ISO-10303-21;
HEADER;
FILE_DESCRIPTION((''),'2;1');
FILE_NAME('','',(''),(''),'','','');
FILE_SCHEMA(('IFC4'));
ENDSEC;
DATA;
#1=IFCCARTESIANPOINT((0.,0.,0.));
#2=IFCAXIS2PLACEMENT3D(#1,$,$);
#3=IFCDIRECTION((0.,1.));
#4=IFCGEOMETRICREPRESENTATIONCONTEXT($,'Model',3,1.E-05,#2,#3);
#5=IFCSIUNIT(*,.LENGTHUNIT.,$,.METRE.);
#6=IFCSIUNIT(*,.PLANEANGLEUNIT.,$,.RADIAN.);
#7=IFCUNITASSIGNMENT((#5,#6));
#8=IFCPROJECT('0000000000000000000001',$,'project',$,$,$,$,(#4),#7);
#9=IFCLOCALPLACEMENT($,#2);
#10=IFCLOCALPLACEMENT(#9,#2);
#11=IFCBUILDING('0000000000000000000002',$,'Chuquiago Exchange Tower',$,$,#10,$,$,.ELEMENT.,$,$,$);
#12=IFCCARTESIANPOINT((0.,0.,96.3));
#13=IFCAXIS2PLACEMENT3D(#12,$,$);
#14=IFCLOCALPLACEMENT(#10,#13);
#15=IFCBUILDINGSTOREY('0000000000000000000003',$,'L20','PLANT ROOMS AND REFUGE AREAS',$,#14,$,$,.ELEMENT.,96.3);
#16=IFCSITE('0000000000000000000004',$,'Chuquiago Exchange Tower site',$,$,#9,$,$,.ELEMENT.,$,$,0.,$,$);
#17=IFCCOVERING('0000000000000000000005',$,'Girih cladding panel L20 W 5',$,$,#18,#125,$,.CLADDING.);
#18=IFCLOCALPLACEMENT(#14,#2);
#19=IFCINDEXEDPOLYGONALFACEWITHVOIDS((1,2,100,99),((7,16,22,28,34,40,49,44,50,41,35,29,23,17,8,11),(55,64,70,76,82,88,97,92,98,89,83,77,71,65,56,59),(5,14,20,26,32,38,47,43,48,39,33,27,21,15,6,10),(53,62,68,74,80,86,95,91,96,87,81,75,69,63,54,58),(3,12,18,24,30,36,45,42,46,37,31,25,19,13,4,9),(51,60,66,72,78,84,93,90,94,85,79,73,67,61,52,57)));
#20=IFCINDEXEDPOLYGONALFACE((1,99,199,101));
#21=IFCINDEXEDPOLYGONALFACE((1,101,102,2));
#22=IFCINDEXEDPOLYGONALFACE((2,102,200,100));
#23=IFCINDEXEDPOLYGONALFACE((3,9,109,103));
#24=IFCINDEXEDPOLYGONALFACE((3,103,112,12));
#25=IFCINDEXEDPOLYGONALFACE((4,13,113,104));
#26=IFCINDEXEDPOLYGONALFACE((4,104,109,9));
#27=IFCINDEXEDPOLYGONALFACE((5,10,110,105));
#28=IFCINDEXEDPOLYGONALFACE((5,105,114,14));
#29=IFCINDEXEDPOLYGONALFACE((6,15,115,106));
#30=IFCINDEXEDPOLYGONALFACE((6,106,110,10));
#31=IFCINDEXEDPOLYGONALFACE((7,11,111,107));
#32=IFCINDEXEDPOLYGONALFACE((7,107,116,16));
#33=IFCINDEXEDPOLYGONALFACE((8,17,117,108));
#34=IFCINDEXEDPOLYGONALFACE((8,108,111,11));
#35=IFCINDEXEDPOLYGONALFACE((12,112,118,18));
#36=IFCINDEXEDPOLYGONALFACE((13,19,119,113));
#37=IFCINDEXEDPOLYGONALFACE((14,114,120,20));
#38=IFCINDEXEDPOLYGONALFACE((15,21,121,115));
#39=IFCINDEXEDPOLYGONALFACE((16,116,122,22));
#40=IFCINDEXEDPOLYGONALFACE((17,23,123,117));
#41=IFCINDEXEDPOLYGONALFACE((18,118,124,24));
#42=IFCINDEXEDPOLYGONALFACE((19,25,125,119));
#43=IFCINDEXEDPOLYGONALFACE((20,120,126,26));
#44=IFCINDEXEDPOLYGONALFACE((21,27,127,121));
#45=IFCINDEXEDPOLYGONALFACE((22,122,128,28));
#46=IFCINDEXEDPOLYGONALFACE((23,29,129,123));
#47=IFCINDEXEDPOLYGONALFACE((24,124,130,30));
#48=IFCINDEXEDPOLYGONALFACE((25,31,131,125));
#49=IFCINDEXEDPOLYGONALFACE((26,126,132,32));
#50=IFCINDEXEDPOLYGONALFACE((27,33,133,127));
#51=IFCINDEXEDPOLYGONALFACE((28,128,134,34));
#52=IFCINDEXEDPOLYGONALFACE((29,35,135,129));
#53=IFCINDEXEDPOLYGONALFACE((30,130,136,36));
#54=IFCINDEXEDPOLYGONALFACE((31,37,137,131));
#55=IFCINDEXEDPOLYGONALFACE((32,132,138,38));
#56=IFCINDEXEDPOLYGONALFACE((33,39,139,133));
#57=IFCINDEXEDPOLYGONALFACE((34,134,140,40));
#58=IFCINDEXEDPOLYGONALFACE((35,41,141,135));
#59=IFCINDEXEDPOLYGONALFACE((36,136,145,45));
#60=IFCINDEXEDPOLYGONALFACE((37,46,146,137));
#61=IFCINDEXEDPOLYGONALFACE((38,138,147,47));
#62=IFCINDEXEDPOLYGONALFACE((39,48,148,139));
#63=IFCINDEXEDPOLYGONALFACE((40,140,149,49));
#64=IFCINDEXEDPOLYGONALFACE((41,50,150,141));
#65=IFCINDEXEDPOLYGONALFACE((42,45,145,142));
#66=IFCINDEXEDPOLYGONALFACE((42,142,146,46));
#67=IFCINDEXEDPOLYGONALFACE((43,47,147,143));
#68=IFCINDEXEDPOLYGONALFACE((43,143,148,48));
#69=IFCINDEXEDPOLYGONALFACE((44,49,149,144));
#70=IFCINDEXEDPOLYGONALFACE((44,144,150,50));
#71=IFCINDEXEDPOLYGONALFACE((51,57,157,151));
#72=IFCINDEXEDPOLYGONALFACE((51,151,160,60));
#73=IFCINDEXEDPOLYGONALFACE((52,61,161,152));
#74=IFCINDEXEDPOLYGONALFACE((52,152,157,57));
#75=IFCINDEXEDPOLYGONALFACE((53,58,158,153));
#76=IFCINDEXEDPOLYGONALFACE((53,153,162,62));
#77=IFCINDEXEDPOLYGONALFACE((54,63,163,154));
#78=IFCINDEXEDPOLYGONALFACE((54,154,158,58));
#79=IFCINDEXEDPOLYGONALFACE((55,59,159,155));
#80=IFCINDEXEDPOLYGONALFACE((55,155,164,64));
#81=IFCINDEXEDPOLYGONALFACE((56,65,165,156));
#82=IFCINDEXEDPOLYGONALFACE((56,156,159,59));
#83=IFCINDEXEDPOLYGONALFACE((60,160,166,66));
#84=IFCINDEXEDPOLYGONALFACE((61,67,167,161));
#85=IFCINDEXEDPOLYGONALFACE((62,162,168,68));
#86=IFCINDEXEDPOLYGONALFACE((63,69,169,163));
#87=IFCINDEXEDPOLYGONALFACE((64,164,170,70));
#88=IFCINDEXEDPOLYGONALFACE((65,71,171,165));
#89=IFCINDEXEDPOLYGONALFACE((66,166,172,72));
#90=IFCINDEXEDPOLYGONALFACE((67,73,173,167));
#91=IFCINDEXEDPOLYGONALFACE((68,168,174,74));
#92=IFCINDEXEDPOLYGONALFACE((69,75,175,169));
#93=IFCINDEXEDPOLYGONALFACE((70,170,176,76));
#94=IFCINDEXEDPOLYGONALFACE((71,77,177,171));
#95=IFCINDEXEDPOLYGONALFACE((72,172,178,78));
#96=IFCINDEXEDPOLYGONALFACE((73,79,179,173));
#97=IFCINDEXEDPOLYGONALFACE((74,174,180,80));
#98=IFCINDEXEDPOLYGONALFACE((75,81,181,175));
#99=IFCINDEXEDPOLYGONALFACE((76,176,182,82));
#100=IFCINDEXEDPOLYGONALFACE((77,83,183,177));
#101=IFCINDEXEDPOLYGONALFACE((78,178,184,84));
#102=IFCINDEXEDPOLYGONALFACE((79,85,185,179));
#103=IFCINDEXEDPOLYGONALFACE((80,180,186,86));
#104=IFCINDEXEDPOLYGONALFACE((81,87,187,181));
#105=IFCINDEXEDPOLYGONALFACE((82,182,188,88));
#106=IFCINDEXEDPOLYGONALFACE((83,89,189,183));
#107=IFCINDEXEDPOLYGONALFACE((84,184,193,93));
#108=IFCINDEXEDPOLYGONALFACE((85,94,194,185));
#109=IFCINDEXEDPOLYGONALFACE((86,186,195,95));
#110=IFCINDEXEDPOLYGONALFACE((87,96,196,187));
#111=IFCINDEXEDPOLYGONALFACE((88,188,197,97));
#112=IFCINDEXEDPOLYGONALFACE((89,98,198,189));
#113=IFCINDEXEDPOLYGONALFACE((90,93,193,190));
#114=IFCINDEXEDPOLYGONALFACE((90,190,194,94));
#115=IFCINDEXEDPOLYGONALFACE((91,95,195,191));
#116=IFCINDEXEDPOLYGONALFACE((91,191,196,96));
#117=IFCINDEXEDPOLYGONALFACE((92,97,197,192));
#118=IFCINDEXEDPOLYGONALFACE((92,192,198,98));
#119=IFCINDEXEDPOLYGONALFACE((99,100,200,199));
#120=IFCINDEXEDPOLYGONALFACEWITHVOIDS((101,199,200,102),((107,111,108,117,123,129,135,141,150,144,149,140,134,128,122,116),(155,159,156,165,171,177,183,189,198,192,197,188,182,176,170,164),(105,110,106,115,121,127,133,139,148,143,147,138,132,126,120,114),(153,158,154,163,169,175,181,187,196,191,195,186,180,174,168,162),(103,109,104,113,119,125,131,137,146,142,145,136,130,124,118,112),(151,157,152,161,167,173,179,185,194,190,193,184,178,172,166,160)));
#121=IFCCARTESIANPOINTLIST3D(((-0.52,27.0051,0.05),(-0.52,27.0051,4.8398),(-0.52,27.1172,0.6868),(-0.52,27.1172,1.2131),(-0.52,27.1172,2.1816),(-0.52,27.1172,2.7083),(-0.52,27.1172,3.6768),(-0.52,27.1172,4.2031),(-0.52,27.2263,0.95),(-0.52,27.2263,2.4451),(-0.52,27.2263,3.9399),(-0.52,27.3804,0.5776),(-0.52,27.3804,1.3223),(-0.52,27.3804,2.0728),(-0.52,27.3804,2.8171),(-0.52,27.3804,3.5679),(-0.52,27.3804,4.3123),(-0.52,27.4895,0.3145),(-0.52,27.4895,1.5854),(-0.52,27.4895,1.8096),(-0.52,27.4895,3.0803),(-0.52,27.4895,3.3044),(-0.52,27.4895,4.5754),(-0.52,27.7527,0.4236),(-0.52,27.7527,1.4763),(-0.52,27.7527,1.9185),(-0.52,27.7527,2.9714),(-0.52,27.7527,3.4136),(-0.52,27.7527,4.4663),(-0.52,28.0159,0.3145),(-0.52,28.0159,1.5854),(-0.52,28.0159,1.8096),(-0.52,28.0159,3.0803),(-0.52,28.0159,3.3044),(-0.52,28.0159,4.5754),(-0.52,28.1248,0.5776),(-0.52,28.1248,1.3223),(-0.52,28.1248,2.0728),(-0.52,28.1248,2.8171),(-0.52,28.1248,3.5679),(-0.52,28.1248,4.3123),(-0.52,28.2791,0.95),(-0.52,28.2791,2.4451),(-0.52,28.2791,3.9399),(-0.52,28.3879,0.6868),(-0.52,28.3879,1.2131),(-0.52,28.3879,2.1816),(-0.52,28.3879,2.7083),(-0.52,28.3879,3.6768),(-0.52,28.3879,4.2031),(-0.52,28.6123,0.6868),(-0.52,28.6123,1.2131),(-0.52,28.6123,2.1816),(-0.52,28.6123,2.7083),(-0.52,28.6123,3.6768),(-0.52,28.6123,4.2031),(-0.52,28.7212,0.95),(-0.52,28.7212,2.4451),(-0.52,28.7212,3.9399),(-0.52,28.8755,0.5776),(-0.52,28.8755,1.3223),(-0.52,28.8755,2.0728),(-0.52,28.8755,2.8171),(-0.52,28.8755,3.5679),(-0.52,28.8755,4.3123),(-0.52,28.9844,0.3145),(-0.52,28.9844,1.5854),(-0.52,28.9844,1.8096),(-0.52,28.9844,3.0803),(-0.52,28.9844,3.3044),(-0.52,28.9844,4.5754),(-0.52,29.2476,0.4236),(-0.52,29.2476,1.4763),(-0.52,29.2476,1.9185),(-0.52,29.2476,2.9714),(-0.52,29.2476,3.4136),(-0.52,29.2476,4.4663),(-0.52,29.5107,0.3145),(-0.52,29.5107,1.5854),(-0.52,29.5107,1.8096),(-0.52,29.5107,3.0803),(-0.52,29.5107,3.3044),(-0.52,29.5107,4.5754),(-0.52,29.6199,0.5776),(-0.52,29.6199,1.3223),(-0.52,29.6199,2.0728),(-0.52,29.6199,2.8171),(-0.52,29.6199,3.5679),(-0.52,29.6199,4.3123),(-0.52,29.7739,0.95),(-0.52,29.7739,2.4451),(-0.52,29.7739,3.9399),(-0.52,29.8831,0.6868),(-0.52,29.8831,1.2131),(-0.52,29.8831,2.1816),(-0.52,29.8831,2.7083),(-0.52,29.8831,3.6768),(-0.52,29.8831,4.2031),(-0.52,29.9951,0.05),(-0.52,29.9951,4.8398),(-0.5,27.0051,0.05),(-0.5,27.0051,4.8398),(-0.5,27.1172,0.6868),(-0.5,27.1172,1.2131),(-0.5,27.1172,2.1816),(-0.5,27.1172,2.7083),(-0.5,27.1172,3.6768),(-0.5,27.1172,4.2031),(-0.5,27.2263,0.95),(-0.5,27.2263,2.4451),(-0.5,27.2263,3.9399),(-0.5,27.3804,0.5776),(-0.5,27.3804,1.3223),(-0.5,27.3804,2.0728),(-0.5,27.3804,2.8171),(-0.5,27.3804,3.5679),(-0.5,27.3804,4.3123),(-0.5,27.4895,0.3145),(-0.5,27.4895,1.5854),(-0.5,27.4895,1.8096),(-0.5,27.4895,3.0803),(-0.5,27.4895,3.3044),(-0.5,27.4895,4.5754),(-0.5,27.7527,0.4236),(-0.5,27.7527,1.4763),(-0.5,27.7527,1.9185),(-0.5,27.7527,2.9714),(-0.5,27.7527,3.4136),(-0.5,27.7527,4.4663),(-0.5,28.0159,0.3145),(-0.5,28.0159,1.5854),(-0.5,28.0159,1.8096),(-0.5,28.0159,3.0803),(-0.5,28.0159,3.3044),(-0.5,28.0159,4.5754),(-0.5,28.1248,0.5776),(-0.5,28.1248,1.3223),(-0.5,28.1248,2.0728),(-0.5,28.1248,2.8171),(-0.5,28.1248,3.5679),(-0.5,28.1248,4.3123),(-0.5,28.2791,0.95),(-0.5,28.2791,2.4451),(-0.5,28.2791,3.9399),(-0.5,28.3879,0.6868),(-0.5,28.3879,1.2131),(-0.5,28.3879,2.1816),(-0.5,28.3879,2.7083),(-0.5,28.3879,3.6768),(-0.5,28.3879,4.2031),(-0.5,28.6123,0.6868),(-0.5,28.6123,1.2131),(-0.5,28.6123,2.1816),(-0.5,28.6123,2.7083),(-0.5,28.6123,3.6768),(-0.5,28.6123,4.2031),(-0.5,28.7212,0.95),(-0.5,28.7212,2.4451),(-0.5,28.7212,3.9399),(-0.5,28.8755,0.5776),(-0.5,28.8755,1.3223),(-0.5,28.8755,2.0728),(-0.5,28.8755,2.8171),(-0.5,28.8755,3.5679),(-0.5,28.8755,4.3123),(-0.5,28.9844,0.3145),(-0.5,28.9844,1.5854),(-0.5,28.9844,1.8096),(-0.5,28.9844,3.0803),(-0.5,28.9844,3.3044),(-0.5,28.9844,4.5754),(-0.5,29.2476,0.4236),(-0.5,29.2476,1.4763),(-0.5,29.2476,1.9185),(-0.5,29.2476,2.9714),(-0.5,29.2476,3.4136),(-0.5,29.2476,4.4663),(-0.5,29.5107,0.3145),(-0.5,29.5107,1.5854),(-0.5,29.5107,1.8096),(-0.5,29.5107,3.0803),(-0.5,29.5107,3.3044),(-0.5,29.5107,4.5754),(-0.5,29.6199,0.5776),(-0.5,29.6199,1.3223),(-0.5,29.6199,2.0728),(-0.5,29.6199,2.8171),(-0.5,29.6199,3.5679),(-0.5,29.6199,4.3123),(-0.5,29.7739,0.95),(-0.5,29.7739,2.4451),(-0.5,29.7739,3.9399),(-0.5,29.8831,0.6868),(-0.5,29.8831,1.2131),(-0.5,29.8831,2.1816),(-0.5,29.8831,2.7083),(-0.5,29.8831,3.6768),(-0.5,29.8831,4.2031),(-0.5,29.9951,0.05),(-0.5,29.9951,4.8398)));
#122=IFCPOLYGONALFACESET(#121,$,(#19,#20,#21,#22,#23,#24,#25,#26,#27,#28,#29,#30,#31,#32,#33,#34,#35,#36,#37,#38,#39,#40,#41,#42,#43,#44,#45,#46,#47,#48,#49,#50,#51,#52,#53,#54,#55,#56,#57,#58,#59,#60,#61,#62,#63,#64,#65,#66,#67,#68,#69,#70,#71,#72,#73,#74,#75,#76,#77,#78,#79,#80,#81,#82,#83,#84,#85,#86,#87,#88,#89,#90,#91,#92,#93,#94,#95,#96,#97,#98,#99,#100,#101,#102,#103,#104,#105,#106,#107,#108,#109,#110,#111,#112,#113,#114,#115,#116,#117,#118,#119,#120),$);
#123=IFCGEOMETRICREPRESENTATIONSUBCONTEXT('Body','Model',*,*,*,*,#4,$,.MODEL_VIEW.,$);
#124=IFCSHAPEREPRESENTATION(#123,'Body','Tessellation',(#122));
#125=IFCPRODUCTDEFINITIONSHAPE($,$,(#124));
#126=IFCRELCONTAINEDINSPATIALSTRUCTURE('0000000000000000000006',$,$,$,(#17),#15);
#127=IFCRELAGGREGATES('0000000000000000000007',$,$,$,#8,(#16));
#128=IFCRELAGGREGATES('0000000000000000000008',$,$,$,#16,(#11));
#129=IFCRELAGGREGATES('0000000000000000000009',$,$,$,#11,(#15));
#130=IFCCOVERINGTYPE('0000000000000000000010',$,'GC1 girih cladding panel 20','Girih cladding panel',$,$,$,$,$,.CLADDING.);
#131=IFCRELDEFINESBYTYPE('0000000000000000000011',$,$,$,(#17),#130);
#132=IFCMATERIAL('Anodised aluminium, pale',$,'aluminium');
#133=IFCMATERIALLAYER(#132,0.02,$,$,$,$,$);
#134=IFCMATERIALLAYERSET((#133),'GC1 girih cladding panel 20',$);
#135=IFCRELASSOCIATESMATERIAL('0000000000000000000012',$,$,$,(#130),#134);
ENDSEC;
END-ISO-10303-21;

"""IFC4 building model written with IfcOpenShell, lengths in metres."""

from ifc_helpers import new_model, si_unit, direction, frame, origin, place, context, subcontext, project, spatial, polyline, outline, extrude, material, layer, layer_set, type_object, element, save


model = new_model("IFC4")

# Units and contexts
model_context = context("Model", 3, precision=1e-05, world=origin(), true_north=direction((0.0, 1.0)))
body_context = subcontext(model_context, "Body", "Model", "MODEL_VIEW")
ifc_project = project(units=[si_unit("LENGTHUNIT", "METRE"), si_unit("PLANEANGLEUNIT", "RADIAN")], contexts=[model_context])

# Site, building, storey
site_placement = place(None, origin())
site = spatial("IfcSite", under=ifc_project, at=site_placement, Name="Chuquiago Exchange Tower site", CompositionType="ELEMENT", RefElevation=0.0)
building_placement = place(site_placement, origin())
building = spatial("IfcBuilding", under=site, at=building_placement, Name="Chuquiago Exchange Tower", CompositionType="ELEMENT")
storey_placement = place(building_placement, frame((0.0, 0.0, 96.3)))
storey = spatial("IfcBuildingStorey", under=building, at=storey_placement, Name="L20", Description="PLANT ROOMS AND REFUGE AREAS", CompositionType="ELEMENT", Elevation=96.3)

# Covering
ifc_material_1 = material(Name="Anodised aluminium, pale", Category="aluminium")
ifc_layer_1 = layer(ifc_material_1, 0.02)
ifc_layer_set_1 = layer_set([ifc_layer_1], Name="GC1 girih cladding panel 20")
covering_type = type_object("IfcCoveringType", Name="GC1 girih cladding panel 20", Description="Girih cladding panel", PredefinedType="CLADDING", material=ifc_layer_set_1)
covering_1_placement = place(storey_placement, frame((-0.5, 29.9951, 0.05), z_axis=(0.0, 0.0, 1.0), x_axis=(0.0, -1.0, 0.0)))
element("IfcCovering", 1, at=covering_1_placement, inside=storey, type_object=covering_type, Name="Girih cladding panel L20 W 5", PredefinedType="CLADDING", context=body_context, shape_type="SweptSolid", body=[
    extrude(outline(polyline([(0.0, 0.0), (2.99, 0.0), (2.99, 4.7898), (0.0, 4.7898), (0.0, 0.0)]), holes=[polyline([(1.2739, 0.8999), (1.3828, 1.1631), (1.1196, 1.2722), (1.0107, 1.5354), (0.7476, 1.4263), (0.4844, 1.5354), (0.3752, 1.2722), (0.1121, 1.1631), (0.2212, 0.8999), (0.1121, 0.6367), (0.3752, 0.5276), (0.4844, 0.2644), (0.7476, 0.3735), (1.0107, 0.2644), (1.1196, 0.5276), (1.3828, 0.6367), (1.2739, 0.8999)]), polyline([(2.7688, 0.8999), (2.8779, 1.1631), (2.6147, 1.2722), (2.5056, 1.5354), (2.2424, 1.4263), (1.9792, 1.5354), (1.8704, 1.2722), (1.6072, 1.1631), (1.7161, 0.8999), (1.6072, 0.6367), (1.8704, 0.5276), (1.9792, 0.2644), (2.2424, 0.3735), (2.5056, 0.2644), (2.6147, 0.5276), (2.8779, 0.6367), (2.7688, 0.8999)]), polyline([(1.2739, 2.395), (1.3828, 2.6582), (1.1196, 2.7671), (1.0107, 3.0303), (0.7476, 2.9214), (0.4844, 3.0303), (0.3752, 2.7671), (0.1121, 2.6582), (0.2212, 2.395), (0.1121, 2.1316), (0.3752, 2.0227), (0.4844, 1.7595), (0.7476, 1.8684), (1.0107, 1.7595), (1.1196, 2.0227), (1.3828, 2.1316), (1.2739, 2.395)]), polyline([(2.7688, 2.395), (2.8779, 2.6582), (2.6147, 2.7671), (2.5056, 3.0303), (2.2424, 2.9214), (1.9792, 3.0303), (1.8704, 2.7671), (1.6072, 2.6582), (1.7161, 2.395), (1.6072, 2.1316), (1.8704, 2.0227), (1.9792, 1.7595), (2.2424, 1.8684), (2.5056, 1.7595), (2.6147, 2.0227), (2.8779, 2.1316), (2.7688, 2.395)]), polyline([(1.2739, 3.8899), (1.3828, 4.1531), (1.1196, 4.2622), (1.0107, 4.5254), (0.7476, 4.4163), (0.4844, 4.5254), (0.3752, 4.2622), (0.1121, 4.1531), (0.2212, 3.8899), (0.1121, 3.6267), (0.3752, 3.5178), (0.4844, 3.2544), (0.7476, 3.3635), (1.0107, 3.2544), (1.1196, 3.5178), (1.3828, 3.6267), (1.2739, 3.8899)]), polyline([(2.7688, 3.8899), (2.8779, 4.1531), (2.6147, 4.2622), (2.5056, 4.5254), (2.2424, 4.4163), (1.9792, 4.5254), (1.8704, 4.2622), (1.6072, 4.1531), (1.7161, 3.8899), (1.6072, 3.6267), (1.8704, 3.5178), (1.9792, 3.2544), (2.2424, 3.3635), (2.5056, 3.2544), (2.6147, 3.5178), (2.8779, 3.6267), (2.7688, 3.8899)])]), frame((0.0, 0.0, 0.0), z_axis=(0.0, -1.0, 0.0), x_axis=(1.0, 0.0, 0.0)), (0.0, 0.0, 1.0), 0.02),
])

save(model, "model.ifc")
